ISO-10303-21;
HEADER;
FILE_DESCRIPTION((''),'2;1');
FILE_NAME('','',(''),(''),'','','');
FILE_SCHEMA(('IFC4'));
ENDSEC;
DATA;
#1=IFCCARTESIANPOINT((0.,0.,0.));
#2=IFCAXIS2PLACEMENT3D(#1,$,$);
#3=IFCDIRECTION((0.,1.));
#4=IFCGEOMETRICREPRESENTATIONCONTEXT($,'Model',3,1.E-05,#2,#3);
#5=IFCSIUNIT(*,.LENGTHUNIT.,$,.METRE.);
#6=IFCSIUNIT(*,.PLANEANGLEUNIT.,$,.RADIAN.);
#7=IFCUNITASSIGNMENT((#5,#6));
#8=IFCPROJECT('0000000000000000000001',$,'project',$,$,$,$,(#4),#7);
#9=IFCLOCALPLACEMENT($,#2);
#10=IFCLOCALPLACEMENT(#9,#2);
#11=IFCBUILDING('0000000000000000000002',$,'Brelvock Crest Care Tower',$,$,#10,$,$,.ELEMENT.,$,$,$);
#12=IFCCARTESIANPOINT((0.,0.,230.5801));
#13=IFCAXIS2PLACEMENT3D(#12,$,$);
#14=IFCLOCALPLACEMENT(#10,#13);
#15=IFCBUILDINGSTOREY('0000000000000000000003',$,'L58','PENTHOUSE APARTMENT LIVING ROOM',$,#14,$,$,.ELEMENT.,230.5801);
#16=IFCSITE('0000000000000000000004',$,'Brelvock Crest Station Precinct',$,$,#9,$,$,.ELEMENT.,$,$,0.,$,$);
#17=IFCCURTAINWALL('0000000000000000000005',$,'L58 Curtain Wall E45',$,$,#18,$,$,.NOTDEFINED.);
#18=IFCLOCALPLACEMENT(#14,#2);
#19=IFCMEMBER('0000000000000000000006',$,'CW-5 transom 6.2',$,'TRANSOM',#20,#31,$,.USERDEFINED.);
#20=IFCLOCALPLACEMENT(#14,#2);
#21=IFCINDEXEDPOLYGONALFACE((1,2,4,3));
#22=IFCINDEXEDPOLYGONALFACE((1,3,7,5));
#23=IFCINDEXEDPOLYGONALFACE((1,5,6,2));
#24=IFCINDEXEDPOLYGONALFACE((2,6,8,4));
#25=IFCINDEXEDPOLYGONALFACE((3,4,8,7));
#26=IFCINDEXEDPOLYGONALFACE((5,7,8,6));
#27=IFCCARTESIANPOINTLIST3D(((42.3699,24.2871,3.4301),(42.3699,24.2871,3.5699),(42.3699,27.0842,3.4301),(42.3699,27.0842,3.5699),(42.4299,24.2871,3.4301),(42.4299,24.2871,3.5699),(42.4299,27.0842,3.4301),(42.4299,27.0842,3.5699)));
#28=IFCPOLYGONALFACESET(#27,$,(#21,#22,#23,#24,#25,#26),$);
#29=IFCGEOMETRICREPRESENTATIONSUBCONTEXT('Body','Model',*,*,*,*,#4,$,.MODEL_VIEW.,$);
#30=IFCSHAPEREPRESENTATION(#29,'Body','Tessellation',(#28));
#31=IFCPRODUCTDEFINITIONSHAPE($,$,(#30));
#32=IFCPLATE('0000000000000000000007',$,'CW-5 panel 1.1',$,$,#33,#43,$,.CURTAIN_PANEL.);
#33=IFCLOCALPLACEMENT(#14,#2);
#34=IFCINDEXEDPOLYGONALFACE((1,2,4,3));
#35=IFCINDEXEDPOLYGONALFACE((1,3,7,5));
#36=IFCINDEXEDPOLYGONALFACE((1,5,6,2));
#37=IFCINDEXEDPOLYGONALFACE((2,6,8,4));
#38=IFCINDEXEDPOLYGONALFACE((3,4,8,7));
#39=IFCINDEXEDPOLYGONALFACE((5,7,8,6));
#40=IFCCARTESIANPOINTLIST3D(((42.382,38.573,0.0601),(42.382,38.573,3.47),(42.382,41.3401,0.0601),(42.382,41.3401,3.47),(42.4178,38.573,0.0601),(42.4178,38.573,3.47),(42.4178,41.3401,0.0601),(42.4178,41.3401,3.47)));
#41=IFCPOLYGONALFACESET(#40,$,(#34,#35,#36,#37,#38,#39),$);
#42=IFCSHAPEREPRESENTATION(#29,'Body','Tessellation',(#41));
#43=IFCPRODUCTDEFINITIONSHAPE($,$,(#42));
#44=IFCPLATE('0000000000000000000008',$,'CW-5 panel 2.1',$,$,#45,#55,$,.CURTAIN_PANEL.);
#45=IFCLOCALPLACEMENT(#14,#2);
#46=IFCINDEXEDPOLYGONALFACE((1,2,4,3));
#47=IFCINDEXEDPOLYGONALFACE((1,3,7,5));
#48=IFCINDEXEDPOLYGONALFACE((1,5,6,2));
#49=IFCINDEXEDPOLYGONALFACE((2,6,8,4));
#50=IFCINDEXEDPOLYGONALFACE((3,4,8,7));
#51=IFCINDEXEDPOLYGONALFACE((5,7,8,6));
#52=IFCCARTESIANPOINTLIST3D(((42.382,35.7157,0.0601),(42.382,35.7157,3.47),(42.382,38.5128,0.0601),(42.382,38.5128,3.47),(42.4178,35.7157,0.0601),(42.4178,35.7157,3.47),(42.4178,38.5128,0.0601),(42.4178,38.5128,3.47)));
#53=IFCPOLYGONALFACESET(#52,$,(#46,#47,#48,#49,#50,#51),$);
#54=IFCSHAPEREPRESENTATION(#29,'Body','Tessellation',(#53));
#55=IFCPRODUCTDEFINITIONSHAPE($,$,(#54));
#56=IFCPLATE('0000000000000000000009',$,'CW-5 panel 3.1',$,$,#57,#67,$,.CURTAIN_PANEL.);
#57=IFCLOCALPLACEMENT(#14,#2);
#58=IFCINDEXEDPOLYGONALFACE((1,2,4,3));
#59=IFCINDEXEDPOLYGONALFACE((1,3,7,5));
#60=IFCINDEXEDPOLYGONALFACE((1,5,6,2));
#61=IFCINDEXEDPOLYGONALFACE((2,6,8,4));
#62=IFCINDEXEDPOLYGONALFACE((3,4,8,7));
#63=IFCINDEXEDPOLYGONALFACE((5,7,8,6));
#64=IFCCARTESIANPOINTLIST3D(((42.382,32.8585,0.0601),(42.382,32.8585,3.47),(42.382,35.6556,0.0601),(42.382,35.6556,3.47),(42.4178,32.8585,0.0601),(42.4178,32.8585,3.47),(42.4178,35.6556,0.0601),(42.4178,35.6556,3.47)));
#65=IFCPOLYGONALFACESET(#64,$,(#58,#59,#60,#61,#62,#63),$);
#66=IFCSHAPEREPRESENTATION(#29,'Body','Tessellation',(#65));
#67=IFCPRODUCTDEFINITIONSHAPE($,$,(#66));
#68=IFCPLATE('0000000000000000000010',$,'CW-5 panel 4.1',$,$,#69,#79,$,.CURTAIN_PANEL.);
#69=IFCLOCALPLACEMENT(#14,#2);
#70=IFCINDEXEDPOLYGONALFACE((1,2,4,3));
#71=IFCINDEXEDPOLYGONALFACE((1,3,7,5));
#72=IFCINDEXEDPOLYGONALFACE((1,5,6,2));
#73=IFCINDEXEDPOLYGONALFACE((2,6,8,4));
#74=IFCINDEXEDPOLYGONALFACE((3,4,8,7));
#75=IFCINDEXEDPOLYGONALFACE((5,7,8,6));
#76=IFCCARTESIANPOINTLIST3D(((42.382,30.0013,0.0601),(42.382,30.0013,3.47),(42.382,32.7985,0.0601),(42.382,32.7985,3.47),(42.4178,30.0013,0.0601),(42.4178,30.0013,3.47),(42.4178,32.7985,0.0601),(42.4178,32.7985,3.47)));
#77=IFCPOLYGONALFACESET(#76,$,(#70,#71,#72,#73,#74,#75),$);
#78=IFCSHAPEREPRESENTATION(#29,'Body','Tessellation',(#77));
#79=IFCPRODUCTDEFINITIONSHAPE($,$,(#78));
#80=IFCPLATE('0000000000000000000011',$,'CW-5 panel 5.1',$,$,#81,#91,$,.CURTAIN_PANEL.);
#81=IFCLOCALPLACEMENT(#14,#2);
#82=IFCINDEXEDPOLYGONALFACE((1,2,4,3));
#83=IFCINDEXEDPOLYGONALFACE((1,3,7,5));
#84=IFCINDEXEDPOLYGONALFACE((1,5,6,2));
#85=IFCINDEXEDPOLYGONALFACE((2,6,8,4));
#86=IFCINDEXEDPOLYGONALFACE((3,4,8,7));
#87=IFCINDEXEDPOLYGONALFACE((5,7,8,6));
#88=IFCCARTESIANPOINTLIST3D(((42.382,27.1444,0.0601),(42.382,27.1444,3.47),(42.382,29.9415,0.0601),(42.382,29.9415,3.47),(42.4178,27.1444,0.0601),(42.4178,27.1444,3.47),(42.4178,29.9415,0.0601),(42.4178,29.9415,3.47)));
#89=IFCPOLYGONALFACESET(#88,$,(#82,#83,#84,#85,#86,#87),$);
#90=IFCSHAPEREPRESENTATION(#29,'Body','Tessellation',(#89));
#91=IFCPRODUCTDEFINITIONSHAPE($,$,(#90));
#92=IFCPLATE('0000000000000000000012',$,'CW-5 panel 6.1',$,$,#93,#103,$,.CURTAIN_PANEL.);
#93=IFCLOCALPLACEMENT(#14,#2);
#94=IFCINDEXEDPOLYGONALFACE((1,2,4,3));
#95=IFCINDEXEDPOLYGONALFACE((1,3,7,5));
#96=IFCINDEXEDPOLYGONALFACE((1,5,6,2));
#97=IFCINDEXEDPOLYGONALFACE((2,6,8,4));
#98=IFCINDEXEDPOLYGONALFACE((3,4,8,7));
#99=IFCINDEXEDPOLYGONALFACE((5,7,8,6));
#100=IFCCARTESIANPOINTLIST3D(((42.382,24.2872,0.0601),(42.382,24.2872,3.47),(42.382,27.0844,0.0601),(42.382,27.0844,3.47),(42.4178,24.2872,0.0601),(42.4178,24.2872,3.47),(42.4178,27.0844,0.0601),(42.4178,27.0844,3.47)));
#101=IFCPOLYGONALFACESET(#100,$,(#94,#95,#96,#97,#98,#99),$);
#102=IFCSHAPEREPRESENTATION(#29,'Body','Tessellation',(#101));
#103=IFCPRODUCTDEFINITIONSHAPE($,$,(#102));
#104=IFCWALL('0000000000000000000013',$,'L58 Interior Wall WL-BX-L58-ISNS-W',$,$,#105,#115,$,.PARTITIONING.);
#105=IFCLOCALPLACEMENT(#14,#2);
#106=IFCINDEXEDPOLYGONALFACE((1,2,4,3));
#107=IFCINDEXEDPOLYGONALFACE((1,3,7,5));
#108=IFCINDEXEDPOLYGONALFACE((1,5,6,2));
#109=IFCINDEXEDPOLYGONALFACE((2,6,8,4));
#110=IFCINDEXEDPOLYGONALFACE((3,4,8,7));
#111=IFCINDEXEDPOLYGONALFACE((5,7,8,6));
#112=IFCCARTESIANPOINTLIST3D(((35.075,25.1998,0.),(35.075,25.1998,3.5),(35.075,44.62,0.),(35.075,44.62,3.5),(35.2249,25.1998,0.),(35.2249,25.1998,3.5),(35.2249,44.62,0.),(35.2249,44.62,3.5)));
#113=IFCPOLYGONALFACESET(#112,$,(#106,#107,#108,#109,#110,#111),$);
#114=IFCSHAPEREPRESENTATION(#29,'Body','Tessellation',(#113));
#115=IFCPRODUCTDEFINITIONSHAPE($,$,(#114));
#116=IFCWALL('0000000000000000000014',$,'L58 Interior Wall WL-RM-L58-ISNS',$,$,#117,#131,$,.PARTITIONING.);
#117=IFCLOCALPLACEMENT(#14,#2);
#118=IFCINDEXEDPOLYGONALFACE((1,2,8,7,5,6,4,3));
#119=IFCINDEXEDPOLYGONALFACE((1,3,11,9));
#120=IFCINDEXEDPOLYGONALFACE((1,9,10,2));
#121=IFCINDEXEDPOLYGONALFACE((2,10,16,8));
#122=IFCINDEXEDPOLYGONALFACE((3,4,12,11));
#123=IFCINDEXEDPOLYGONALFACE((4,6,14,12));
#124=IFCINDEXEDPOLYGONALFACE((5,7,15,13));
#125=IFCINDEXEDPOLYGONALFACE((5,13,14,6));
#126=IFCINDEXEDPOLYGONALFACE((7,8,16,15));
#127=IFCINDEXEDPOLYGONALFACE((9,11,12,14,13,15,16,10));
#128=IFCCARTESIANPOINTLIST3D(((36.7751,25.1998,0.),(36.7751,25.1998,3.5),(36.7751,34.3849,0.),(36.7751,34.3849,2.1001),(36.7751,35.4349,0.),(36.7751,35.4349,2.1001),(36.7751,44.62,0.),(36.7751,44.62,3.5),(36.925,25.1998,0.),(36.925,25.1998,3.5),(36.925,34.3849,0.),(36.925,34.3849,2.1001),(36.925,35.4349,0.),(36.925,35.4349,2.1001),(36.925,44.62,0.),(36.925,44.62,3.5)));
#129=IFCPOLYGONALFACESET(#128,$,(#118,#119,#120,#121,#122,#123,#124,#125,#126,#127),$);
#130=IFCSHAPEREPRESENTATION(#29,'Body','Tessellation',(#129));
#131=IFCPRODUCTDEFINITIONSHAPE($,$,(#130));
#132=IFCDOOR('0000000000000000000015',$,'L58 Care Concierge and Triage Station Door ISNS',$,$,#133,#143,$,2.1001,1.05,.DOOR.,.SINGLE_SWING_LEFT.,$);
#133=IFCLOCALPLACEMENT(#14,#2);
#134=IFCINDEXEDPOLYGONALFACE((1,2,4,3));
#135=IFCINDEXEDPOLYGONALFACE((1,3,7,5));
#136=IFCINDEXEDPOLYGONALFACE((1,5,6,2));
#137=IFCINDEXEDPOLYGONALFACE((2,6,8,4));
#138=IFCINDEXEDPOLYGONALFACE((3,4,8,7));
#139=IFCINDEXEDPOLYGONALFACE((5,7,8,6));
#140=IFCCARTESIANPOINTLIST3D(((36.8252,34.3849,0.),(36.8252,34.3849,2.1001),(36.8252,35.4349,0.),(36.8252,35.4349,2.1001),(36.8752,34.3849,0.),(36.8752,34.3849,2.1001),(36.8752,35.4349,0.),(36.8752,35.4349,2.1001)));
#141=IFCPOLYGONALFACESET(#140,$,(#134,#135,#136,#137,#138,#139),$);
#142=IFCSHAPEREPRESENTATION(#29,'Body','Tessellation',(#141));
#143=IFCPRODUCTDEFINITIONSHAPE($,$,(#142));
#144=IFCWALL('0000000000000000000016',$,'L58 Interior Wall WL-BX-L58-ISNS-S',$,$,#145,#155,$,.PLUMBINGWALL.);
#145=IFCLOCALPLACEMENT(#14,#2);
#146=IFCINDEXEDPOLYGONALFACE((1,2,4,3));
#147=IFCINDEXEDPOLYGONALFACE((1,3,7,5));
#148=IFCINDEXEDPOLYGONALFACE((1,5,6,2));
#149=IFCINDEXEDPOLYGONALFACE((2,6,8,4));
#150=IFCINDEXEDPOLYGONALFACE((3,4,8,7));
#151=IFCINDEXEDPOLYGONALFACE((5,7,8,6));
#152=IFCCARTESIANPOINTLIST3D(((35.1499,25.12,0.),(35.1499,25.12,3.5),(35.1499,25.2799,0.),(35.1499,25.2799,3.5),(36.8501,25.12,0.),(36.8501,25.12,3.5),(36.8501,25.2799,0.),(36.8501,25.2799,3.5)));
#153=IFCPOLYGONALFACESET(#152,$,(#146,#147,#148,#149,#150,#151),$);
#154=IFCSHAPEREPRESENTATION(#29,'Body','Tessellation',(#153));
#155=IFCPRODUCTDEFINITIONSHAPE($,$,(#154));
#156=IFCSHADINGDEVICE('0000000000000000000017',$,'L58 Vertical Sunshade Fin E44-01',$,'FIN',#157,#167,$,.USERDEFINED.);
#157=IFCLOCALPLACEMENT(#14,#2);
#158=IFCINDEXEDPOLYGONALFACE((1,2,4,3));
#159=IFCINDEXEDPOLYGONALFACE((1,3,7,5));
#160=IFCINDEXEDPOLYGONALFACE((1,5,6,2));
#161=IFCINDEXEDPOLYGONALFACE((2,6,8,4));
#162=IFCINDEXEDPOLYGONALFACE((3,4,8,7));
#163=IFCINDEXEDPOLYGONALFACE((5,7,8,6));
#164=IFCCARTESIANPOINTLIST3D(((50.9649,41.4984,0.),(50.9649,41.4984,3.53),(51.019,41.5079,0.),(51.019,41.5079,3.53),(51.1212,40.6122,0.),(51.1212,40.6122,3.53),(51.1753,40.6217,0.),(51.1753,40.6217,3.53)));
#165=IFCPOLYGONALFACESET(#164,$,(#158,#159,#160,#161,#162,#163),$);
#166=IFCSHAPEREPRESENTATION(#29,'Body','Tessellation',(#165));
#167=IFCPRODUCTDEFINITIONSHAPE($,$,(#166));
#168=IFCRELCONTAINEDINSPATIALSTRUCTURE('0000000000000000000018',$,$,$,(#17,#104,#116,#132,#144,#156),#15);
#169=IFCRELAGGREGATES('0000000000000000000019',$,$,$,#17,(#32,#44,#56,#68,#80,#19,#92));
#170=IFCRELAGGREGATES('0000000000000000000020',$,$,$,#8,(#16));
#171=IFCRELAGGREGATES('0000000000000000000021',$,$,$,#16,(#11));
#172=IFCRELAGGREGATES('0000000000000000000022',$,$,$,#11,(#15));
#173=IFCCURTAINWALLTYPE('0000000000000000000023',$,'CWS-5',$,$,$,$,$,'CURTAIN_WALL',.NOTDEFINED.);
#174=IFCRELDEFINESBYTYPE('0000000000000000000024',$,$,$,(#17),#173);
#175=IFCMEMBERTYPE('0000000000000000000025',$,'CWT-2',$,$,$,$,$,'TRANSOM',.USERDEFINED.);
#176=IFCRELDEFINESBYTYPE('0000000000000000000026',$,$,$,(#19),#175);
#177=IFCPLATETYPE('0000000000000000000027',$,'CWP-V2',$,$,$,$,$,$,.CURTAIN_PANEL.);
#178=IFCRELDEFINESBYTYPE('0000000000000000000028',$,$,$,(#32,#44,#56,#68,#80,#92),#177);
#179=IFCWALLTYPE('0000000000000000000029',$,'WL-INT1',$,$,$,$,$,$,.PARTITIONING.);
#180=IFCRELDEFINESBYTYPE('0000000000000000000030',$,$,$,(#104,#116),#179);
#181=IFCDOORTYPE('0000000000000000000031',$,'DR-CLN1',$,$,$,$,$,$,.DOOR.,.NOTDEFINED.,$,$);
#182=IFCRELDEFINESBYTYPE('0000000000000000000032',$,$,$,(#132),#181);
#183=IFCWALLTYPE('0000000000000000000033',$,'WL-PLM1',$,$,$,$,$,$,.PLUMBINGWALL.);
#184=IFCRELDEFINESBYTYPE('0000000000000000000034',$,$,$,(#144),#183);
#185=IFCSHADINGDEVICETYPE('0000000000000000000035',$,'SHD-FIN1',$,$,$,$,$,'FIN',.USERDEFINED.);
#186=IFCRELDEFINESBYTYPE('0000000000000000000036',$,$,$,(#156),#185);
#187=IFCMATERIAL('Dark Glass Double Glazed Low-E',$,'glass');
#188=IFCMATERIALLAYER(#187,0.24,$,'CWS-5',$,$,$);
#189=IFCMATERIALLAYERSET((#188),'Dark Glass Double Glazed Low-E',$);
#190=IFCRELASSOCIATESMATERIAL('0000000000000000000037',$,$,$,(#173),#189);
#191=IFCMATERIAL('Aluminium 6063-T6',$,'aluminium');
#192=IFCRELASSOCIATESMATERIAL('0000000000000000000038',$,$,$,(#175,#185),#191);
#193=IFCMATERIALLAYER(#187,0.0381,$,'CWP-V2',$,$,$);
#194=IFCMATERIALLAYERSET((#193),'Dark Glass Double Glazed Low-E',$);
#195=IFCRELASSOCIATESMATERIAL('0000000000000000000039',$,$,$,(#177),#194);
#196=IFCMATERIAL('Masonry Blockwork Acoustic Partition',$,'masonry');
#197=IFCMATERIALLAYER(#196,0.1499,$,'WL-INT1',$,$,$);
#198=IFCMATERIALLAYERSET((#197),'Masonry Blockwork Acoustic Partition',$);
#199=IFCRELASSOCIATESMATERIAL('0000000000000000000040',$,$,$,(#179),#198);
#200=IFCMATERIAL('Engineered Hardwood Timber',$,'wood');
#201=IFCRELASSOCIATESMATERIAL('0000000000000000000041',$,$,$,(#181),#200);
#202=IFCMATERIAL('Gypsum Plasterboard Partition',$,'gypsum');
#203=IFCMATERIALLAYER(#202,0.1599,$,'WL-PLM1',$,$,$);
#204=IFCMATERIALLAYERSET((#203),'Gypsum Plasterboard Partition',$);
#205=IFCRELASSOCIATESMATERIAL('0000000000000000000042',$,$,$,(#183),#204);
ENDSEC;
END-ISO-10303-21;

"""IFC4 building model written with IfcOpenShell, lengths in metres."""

from ifc_helpers import new_model, si_unit, direction, frame, frame_2d, origin, origin_2d, place, context, subcontext, project, spatial, rectangle, extrude, source, transform, mapped, material, layer, layer_set, material_profile, profile_set, type_object, element, fill, aggregate, save


model = new_model("IFC4")

# Units and contexts
model_context = context("Model", 3, precision=1e-05, world=origin(), true_north=direction((0.0, 1.0)))
body_context = subcontext(model_context, "Body", "Model", "MODEL_VIEW")
ifc_project = project(units=[si_unit("LENGTHUNIT", "METRE"), si_unit("PLANEANGLEUNIT", "RADIAN")], contexts=[model_context])

# Site, building, storey
site_placement = place(None, origin())
site = spatial("IfcSite", under=ifc_project, at=site_placement, Name="Brelvock Crest Station Precinct", CompositionType="ELEMENT", RefElevation=0.0)
building_placement = place(site_placement, origin())
building = spatial("IfcBuilding", under=site, at=building_placement, Name="Brelvock Crest Care Tower", CompositionType="ELEMENT")
storey_placement = place(building_placement, frame((0.0, 0.0, 230.5801)))
storey = spatial("IfcBuildingStorey", under=building, at=storey_placement, Name="L58", Description="PENTHOUSE APARTMENT LIVING ROOM", CompositionType="ELEMENT", Elevation=230.5801)

# Curtain wall, member, plates
ifc_material_1 = material(Name="Dark Glass Double Glazed Low-E", Category="glass")
ifc_layer_1 = layer(ifc_material_1, 0.24, Name="CWS-5")
ifc_layer_set_1 = layer_set([ifc_layer_1], Name="Dark Glass Double Glazed Low-E")
curtain_wall_type = type_object("IfcCurtainWallType", Name="CWS-5", ElementType="CURTAIN_WALL", PredefinedType="NOTDEFINED", material=ifc_layer_set_1)
curtain_wall_placement = place(storey_placement, origin())
curtain_wall = element("IfcCurtainWall", 1, at=curtain_wall_placement, inside=storey, type_object=curtain_wall_type, Name="L58 Curtain Wall E45", PredefinedType="NOTDEFINED")
ifc_material_2 = material(Name="Aluminium 6063-T6", Category="aluminium")
ifc_material_profile_1 = material_profile(ifc_material_2, rectangle(XDim=0.0601, YDim=0.1399, at=origin_2d()), Name="ALU60x140")
ifc_profile_set_1 = profile_set([ifc_material_profile_1], Name="Aluminium 6063-T6")
member_type_1 = type_object("IfcMemberType", Name="CWT-2", ElementType="TRANSOM", PredefinedType="USERDEFINED", material=ifc_profile_set_1)
shared_shape_1 = source(origin(), body_context, "Body", "SweptSolid", [
    extrude(rectangle(XDim=0.0601, YDim=0.1399, at=origin_2d()), origin(), (0.0, 0.0, 1.0), 2.7971),
])
member_1_placement = place(storey_placement, frame((42.3999, 27.0842, 3.5), z_axis=(0.0, -1.0, 0.0), x_axis=(1.0, 0.0, 0.0)))
member_1 = element("IfcMember", 2, at=member_1_placement, type_object=member_type_1, Name="CW-5 transom 6.2", ObjectType="TRANSOM", PredefinedType="USERDEFINED", context=body_context, shape_type="MappedRepresentation", body=[
    mapped(shared_shape_1, transform((0.0, 0.0, 0.0), x_axis=(1.0, 0.0, 0.0), y_axis=(0.0, 1.0, 0.0), z_axis=(0.0, 0.0, 1.0), scale=1.0)),
])
ifc_layer_2 = layer(ifc_material_1, 0.0381, Name="CWP-V2")
ifc_layer_set_2 = layer_set([ifc_layer_2], Name="Dark Glass Double Glazed Low-E")
plate_type = type_object("IfcPlateType", Name="CWP-V2", PredefinedType="CURTAIN_PANEL", material=ifc_layer_set_2)
shared_shape_2 = source(origin(), body_context, "Body", "SweptSolid", [
    extrude(rectangle(XDim=2.7671, YDim=0.0359, at=origin_2d()), origin(), (0.0, 0.0, 1.0), 3.4099),
])
plate_1_placement = place(storey_placement, frame((42.3999, 39.9565, 0.0601), z_axis=(0.0, 0.0, 1.0), x_axis=(0.0, -1.0, 0.0)))
plate_1 = element("IfcPlate", 3, at=plate_1_placement, type_object=plate_type, Name="CW-5 panel 1.1", PredefinedType="CURTAIN_PANEL", context=body_context, shape_type="MappedRepresentation", body=[
    mapped(shared_shape_2, transform((0.0, 0.0, 0.0), x_axis=(1.0, 0.0, 0.0), y_axis=(0.0, 1.0, 0.0), z_axis=(0.0, 0.0, 1.0), scale=1.0)),
])
shared_shape_3 = source(origin(), body_context, "Body", "SweptSolid", [
    extrude(rectangle(XDim=2.7971, YDim=0.0359, at=origin_2d()), origin(), (0.0, 0.0, 1.0), 3.4099),
])
plate_2_placement = place(storey_placement, frame((42.3999, 37.1143, 0.0601), z_axis=(0.0, 0.0, 1.0), x_axis=(0.0, -1.0, 0.0)))
plate_2 = element("IfcPlate", 4, at=plate_2_placement, type_object=plate_type, Name="CW-5 panel 2.1", PredefinedType="CURTAIN_PANEL", context=body_context, shape_type="MappedRepresentation", body=[
    mapped(shared_shape_3, transform((0.0, 0.0, 0.0), x_axis=(1.0, 0.0, 0.0), y_axis=(0.0, 1.0, 0.0), z_axis=(0.0, 0.0, 1.0), scale=1.0)),
])
plate_3_placement = place(storey_placement, frame((42.3999, 34.2571, 0.0601), z_axis=(0.0, 0.0, 1.0), x_axis=(0.0, -1.0, 0.0)))
plate_3 = element("IfcPlate", 5, at=plate_3_placement, type_object=plate_type, Name="CW-5 panel 3.1", PredefinedType="CURTAIN_PANEL", context=body_context, shape_type="MappedRepresentation", body=[
    mapped(shared_shape_3, transform((0.0, 0.0, 0.0), x_axis=(1.0, 0.0, 0.0), y_axis=(0.0, 1.0, 0.0), z_axis=(0.0, 0.0, 1.0), scale=1.0)),
])
plate_4_placement = place(storey_placement, frame((42.3999, 31.3999, 0.0601), z_axis=(0.0, 0.0, 1.0), x_axis=(0.0, -1.0, 0.0)))
plate_4 = element("IfcPlate", 6, at=plate_4_placement, type_object=plate_type, Name="CW-5 panel 4.1", PredefinedType="CURTAIN_PANEL", context=body_context, shape_type="MappedRepresentation", body=[
    mapped(shared_shape_3, transform((0.0, 0.0, 0.0), x_axis=(1.0, 0.0, 0.0), y_axis=(0.0, 1.0, 0.0), z_axis=(0.0, 0.0, 1.0), scale=1.0)),
])
plate_5_placement = place(storey_placement, frame((42.3999, 28.543, 0.0601), z_axis=(0.0, 0.0, 1.0), x_axis=(0.0, -1.0, 0.0)))
plate_5 = element("IfcPlate", 7, at=plate_5_placement, type_object=plate_type, Name="CW-5 panel 5.1", PredefinedType="CURTAIN_PANEL", context=body_context, shape_type="MappedRepresentation", body=[
    mapped(shared_shape_3, transform((0.0, 0.0, 0.0), x_axis=(1.0, 0.0, 0.0), y_axis=(0.0, 1.0, 0.0), z_axis=(0.0, 0.0, 1.0), scale=1.0)),
])
plate_6_placement = place(storey_placement, frame((42.3999, 25.6858, 0.0601), z_axis=(0.0, 0.0, 1.0), x_axis=(0.0, -1.0, 0.0)))
plate_6 = element("IfcPlate", 8, at=plate_6_placement, type_object=plate_type, Name="CW-5 panel 6.1", PredefinedType="CURTAIN_PANEL", context=body_context, shape_type="MappedRepresentation", body=[
    mapped(shared_shape_3, transform((0.0, 0.0, 0.0), x_axis=(1.0, 0.0, 0.0), y_axis=(0.0, 1.0, 0.0), z_axis=(0.0, 0.0, 1.0), scale=1.0)),
])
aggregate(curtain_wall, [plate_1, plate_2, plate_3, plate_4, plate_5, member_1, plate_6])

# Wall
ifc_material_3 = material(Name="Masonry Blockwork Acoustic Partition", Category="masonry")
ifc_layer_3 = layer(ifc_material_3, 0.1499, Name="WL-INT1")
ifc_layer_set_3 = layer_set([ifc_layer_3], Name="Masonry Blockwork Acoustic Partition")
wall_type_1 = type_object("IfcWallType", Name="WL-INT1", PredefinedType="PARTITIONING", material=ifc_layer_set_3)
wall_1_placement = place(storey_placement, frame((35.1499, 25.2, 0.0), z_axis=(0.0, 0.0, 1.0), x_axis=(0.0, 1.0, 0.0)))
element("IfcWall", 9, at=wall_1_placement, inside=storey, type_object=wall_type_1, Name="L58 Interior Wall WL-BX-L58-ISNS-W", PredefinedType="PARTITIONING", context=body_context, shape_type="SweptSolid", body=[
    extrude(rectangle(XDim=19.4202, YDim=0.1499, at=frame_2d((9.71, 0.0))), origin(), (0.0, 0.0, 1.0), 3.5),
])

# Wall, opening, door
wall_2_placement = place(storey_placement, frame((36.8501, 25.2, 0.0), z_axis=(0.0, 0.0, 1.0), x_axis=(0.0, 1.0, 0.0)))
wall_2 = element("IfcWall", 10, at=wall_2_placement, inside=storey, type_object=wall_type_1, Name="L58 Interior Wall WL-RM-L58-ISNS", PredefinedType="PARTITIONING", context=body_context, shape_type="SweptSolid", body=[
    extrude(rectangle(XDim=19.4202, YDim=0.1499, at=frame_2d((9.71, 0.0))), origin(), (0.0, 0.0, 1.0), 3.5),
])
opening_placement = place(wall_2_placement, frame((9.1851, 0.0, 0.0)))
opening = element("IfcOpeningElement", 11, at=opening_placement, cuts=wall_2, PredefinedType="OPENING", context=body_context, shape_type="SweptSolid", body=[
    extrude(rectangle(XDim=1.05, YDim=2.1001, at=origin_2d()), frame((0.5249, 0.085, 1.05), z_axis=(0.0, -1.0, 0.0), x_axis=(1.0, 0.0, 0.0)), (0.0, 0.0, 1.0), 0.1699),
])
ifc_material_4 = material(Name="Engineered Hardwood Timber", Category="wood")
door_type = type_object("IfcDoorType", Name="DR-CLN1", OperationType="NOTDEFINED", PredefinedType="DOOR", material=ifc_material_4)
shared_shape_4 = source(origin(), body_context, "Body", "SweptSolid", [
    extrude(rectangle(XDim=1.05, YDim=2.1001, at=origin_2d()), frame((0.5249, 0.0249, 1.05), z_axis=(0.0, -1.0, 0.0), x_axis=(1.0, 0.0, 0.0)), (0.0, 0.0, 1.0), 0.05),
])
door_placement = place(opening_placement, origin())
door = element("IfcDoor", 12, at=door_placement, inside=storey, type_object=door_type, Name="L58 Care Concierge and Triage Station Door ISNS", OperationType="SINGLE_SWING_LEFT", OverallHeight=2.1001, OverallWidth=1.05, PredefinedType="DOOR", context=body_context, shape_type="MappedRepresentation", body=[
    mapped(shared_shape_4, transform((0.0, 0.0, 0.0), x_axis=(1.0, 0.0, 0.0), y_axis=(0.0, 1.0, 0.0), z_axis=(0.0, 0.0, 1.0), scale=1.0)),
])
fill(opening, door)

# Wall
ifc_material_5 = material(Name="Gypsum Plasterboard Partition", Category="gypsum")
ifc_layer_4 = layer(ifc_material_5, 0.1599, Name="WL-PLM1")
ifc_layer_set_4 = layer_set([ifc_layer_4], Name="Gypsum Plasterboard Partition")
wall_type_2 = type_object("IfcWallType", Name="WL-PLM1", PredefinedType="PLUMBINGWALL", material=ifc_layer_set_4)
wall_3_placement = place(storey_placement, frame((35.1499, 25.2, 0.0), z_axis=(0.0, 0.0, 1.0), x_axis=(1.0, 0.0, 0.0)))
element("IfcWall", 13, at=wall_3_placement, inside=storey, type_object=wall_type_2, Name="L58 Interior Wall WL-BX-L58-ISNS-S", PredefinedType="PLUMBINGWALL", context=body_context, shape_type="SweptSolid", body=[
    extrude(rectangle(XDim=1.7002, YDim=0.1599, at=frame_2d((0.8501, 0.0))), origin(), (0.0, 0.0, 1.0), 3.5),
])

# Shading device
ifc_material_profile_2 = material_profile(ifc_material_2, rectangle(XDim=0.0549, YDim=0.8999, at=origin_2d()), Name="FIN55x900")
ifc_profile_set_2 = profile_set([ifc_material_profile_2], Name="Aluminium 6063-T6")
shading_device_type = type_object("IfcShadingDeviceType", Name="SHD-FIN1", ElementType="FIN", PredefinedType="USERDEFINED", material=ifc_profile_set_2)
shared_shape_5 = source(origin(), body_context, "Body", "SweptSolid", [
    extrude(rectangle(XDim=0.0549, YDim=0.8999, at=origin_2d()), origin(), (0.0, 0.0, 1.0), 3.53),
])
for number, where, z_axis, x_axis, name in (
    (14, (51.0701, 41.0601, 0.0), (0.0, 0.0, 1.0), (-0.984808, -0.173648, 0.0), "L58 Vertical Sunshade Fin E44-01"),
):
    element("IfcShadingDevice", number, at=place(storey_placement, frame(where, z_axis=z_axis, x_axis=x_axis)), inside=storey, type_object=shading_device_type, Name=name, ObjectType="FIN", PredefinedType="USERDEFINED", context=body_context, shape_type="MappedRepresentation", body=[
        mapped(shared_shape_5, transform((0.0, 0.0, 0.0), x_axis=(1.0, 0.0, 0.0), y_axis=(0.0, 1.0, 0.0), z_axis=(0.0, 0.0, 1.0), scale=1.0)),
    ])

save(model, "model.ifc")
